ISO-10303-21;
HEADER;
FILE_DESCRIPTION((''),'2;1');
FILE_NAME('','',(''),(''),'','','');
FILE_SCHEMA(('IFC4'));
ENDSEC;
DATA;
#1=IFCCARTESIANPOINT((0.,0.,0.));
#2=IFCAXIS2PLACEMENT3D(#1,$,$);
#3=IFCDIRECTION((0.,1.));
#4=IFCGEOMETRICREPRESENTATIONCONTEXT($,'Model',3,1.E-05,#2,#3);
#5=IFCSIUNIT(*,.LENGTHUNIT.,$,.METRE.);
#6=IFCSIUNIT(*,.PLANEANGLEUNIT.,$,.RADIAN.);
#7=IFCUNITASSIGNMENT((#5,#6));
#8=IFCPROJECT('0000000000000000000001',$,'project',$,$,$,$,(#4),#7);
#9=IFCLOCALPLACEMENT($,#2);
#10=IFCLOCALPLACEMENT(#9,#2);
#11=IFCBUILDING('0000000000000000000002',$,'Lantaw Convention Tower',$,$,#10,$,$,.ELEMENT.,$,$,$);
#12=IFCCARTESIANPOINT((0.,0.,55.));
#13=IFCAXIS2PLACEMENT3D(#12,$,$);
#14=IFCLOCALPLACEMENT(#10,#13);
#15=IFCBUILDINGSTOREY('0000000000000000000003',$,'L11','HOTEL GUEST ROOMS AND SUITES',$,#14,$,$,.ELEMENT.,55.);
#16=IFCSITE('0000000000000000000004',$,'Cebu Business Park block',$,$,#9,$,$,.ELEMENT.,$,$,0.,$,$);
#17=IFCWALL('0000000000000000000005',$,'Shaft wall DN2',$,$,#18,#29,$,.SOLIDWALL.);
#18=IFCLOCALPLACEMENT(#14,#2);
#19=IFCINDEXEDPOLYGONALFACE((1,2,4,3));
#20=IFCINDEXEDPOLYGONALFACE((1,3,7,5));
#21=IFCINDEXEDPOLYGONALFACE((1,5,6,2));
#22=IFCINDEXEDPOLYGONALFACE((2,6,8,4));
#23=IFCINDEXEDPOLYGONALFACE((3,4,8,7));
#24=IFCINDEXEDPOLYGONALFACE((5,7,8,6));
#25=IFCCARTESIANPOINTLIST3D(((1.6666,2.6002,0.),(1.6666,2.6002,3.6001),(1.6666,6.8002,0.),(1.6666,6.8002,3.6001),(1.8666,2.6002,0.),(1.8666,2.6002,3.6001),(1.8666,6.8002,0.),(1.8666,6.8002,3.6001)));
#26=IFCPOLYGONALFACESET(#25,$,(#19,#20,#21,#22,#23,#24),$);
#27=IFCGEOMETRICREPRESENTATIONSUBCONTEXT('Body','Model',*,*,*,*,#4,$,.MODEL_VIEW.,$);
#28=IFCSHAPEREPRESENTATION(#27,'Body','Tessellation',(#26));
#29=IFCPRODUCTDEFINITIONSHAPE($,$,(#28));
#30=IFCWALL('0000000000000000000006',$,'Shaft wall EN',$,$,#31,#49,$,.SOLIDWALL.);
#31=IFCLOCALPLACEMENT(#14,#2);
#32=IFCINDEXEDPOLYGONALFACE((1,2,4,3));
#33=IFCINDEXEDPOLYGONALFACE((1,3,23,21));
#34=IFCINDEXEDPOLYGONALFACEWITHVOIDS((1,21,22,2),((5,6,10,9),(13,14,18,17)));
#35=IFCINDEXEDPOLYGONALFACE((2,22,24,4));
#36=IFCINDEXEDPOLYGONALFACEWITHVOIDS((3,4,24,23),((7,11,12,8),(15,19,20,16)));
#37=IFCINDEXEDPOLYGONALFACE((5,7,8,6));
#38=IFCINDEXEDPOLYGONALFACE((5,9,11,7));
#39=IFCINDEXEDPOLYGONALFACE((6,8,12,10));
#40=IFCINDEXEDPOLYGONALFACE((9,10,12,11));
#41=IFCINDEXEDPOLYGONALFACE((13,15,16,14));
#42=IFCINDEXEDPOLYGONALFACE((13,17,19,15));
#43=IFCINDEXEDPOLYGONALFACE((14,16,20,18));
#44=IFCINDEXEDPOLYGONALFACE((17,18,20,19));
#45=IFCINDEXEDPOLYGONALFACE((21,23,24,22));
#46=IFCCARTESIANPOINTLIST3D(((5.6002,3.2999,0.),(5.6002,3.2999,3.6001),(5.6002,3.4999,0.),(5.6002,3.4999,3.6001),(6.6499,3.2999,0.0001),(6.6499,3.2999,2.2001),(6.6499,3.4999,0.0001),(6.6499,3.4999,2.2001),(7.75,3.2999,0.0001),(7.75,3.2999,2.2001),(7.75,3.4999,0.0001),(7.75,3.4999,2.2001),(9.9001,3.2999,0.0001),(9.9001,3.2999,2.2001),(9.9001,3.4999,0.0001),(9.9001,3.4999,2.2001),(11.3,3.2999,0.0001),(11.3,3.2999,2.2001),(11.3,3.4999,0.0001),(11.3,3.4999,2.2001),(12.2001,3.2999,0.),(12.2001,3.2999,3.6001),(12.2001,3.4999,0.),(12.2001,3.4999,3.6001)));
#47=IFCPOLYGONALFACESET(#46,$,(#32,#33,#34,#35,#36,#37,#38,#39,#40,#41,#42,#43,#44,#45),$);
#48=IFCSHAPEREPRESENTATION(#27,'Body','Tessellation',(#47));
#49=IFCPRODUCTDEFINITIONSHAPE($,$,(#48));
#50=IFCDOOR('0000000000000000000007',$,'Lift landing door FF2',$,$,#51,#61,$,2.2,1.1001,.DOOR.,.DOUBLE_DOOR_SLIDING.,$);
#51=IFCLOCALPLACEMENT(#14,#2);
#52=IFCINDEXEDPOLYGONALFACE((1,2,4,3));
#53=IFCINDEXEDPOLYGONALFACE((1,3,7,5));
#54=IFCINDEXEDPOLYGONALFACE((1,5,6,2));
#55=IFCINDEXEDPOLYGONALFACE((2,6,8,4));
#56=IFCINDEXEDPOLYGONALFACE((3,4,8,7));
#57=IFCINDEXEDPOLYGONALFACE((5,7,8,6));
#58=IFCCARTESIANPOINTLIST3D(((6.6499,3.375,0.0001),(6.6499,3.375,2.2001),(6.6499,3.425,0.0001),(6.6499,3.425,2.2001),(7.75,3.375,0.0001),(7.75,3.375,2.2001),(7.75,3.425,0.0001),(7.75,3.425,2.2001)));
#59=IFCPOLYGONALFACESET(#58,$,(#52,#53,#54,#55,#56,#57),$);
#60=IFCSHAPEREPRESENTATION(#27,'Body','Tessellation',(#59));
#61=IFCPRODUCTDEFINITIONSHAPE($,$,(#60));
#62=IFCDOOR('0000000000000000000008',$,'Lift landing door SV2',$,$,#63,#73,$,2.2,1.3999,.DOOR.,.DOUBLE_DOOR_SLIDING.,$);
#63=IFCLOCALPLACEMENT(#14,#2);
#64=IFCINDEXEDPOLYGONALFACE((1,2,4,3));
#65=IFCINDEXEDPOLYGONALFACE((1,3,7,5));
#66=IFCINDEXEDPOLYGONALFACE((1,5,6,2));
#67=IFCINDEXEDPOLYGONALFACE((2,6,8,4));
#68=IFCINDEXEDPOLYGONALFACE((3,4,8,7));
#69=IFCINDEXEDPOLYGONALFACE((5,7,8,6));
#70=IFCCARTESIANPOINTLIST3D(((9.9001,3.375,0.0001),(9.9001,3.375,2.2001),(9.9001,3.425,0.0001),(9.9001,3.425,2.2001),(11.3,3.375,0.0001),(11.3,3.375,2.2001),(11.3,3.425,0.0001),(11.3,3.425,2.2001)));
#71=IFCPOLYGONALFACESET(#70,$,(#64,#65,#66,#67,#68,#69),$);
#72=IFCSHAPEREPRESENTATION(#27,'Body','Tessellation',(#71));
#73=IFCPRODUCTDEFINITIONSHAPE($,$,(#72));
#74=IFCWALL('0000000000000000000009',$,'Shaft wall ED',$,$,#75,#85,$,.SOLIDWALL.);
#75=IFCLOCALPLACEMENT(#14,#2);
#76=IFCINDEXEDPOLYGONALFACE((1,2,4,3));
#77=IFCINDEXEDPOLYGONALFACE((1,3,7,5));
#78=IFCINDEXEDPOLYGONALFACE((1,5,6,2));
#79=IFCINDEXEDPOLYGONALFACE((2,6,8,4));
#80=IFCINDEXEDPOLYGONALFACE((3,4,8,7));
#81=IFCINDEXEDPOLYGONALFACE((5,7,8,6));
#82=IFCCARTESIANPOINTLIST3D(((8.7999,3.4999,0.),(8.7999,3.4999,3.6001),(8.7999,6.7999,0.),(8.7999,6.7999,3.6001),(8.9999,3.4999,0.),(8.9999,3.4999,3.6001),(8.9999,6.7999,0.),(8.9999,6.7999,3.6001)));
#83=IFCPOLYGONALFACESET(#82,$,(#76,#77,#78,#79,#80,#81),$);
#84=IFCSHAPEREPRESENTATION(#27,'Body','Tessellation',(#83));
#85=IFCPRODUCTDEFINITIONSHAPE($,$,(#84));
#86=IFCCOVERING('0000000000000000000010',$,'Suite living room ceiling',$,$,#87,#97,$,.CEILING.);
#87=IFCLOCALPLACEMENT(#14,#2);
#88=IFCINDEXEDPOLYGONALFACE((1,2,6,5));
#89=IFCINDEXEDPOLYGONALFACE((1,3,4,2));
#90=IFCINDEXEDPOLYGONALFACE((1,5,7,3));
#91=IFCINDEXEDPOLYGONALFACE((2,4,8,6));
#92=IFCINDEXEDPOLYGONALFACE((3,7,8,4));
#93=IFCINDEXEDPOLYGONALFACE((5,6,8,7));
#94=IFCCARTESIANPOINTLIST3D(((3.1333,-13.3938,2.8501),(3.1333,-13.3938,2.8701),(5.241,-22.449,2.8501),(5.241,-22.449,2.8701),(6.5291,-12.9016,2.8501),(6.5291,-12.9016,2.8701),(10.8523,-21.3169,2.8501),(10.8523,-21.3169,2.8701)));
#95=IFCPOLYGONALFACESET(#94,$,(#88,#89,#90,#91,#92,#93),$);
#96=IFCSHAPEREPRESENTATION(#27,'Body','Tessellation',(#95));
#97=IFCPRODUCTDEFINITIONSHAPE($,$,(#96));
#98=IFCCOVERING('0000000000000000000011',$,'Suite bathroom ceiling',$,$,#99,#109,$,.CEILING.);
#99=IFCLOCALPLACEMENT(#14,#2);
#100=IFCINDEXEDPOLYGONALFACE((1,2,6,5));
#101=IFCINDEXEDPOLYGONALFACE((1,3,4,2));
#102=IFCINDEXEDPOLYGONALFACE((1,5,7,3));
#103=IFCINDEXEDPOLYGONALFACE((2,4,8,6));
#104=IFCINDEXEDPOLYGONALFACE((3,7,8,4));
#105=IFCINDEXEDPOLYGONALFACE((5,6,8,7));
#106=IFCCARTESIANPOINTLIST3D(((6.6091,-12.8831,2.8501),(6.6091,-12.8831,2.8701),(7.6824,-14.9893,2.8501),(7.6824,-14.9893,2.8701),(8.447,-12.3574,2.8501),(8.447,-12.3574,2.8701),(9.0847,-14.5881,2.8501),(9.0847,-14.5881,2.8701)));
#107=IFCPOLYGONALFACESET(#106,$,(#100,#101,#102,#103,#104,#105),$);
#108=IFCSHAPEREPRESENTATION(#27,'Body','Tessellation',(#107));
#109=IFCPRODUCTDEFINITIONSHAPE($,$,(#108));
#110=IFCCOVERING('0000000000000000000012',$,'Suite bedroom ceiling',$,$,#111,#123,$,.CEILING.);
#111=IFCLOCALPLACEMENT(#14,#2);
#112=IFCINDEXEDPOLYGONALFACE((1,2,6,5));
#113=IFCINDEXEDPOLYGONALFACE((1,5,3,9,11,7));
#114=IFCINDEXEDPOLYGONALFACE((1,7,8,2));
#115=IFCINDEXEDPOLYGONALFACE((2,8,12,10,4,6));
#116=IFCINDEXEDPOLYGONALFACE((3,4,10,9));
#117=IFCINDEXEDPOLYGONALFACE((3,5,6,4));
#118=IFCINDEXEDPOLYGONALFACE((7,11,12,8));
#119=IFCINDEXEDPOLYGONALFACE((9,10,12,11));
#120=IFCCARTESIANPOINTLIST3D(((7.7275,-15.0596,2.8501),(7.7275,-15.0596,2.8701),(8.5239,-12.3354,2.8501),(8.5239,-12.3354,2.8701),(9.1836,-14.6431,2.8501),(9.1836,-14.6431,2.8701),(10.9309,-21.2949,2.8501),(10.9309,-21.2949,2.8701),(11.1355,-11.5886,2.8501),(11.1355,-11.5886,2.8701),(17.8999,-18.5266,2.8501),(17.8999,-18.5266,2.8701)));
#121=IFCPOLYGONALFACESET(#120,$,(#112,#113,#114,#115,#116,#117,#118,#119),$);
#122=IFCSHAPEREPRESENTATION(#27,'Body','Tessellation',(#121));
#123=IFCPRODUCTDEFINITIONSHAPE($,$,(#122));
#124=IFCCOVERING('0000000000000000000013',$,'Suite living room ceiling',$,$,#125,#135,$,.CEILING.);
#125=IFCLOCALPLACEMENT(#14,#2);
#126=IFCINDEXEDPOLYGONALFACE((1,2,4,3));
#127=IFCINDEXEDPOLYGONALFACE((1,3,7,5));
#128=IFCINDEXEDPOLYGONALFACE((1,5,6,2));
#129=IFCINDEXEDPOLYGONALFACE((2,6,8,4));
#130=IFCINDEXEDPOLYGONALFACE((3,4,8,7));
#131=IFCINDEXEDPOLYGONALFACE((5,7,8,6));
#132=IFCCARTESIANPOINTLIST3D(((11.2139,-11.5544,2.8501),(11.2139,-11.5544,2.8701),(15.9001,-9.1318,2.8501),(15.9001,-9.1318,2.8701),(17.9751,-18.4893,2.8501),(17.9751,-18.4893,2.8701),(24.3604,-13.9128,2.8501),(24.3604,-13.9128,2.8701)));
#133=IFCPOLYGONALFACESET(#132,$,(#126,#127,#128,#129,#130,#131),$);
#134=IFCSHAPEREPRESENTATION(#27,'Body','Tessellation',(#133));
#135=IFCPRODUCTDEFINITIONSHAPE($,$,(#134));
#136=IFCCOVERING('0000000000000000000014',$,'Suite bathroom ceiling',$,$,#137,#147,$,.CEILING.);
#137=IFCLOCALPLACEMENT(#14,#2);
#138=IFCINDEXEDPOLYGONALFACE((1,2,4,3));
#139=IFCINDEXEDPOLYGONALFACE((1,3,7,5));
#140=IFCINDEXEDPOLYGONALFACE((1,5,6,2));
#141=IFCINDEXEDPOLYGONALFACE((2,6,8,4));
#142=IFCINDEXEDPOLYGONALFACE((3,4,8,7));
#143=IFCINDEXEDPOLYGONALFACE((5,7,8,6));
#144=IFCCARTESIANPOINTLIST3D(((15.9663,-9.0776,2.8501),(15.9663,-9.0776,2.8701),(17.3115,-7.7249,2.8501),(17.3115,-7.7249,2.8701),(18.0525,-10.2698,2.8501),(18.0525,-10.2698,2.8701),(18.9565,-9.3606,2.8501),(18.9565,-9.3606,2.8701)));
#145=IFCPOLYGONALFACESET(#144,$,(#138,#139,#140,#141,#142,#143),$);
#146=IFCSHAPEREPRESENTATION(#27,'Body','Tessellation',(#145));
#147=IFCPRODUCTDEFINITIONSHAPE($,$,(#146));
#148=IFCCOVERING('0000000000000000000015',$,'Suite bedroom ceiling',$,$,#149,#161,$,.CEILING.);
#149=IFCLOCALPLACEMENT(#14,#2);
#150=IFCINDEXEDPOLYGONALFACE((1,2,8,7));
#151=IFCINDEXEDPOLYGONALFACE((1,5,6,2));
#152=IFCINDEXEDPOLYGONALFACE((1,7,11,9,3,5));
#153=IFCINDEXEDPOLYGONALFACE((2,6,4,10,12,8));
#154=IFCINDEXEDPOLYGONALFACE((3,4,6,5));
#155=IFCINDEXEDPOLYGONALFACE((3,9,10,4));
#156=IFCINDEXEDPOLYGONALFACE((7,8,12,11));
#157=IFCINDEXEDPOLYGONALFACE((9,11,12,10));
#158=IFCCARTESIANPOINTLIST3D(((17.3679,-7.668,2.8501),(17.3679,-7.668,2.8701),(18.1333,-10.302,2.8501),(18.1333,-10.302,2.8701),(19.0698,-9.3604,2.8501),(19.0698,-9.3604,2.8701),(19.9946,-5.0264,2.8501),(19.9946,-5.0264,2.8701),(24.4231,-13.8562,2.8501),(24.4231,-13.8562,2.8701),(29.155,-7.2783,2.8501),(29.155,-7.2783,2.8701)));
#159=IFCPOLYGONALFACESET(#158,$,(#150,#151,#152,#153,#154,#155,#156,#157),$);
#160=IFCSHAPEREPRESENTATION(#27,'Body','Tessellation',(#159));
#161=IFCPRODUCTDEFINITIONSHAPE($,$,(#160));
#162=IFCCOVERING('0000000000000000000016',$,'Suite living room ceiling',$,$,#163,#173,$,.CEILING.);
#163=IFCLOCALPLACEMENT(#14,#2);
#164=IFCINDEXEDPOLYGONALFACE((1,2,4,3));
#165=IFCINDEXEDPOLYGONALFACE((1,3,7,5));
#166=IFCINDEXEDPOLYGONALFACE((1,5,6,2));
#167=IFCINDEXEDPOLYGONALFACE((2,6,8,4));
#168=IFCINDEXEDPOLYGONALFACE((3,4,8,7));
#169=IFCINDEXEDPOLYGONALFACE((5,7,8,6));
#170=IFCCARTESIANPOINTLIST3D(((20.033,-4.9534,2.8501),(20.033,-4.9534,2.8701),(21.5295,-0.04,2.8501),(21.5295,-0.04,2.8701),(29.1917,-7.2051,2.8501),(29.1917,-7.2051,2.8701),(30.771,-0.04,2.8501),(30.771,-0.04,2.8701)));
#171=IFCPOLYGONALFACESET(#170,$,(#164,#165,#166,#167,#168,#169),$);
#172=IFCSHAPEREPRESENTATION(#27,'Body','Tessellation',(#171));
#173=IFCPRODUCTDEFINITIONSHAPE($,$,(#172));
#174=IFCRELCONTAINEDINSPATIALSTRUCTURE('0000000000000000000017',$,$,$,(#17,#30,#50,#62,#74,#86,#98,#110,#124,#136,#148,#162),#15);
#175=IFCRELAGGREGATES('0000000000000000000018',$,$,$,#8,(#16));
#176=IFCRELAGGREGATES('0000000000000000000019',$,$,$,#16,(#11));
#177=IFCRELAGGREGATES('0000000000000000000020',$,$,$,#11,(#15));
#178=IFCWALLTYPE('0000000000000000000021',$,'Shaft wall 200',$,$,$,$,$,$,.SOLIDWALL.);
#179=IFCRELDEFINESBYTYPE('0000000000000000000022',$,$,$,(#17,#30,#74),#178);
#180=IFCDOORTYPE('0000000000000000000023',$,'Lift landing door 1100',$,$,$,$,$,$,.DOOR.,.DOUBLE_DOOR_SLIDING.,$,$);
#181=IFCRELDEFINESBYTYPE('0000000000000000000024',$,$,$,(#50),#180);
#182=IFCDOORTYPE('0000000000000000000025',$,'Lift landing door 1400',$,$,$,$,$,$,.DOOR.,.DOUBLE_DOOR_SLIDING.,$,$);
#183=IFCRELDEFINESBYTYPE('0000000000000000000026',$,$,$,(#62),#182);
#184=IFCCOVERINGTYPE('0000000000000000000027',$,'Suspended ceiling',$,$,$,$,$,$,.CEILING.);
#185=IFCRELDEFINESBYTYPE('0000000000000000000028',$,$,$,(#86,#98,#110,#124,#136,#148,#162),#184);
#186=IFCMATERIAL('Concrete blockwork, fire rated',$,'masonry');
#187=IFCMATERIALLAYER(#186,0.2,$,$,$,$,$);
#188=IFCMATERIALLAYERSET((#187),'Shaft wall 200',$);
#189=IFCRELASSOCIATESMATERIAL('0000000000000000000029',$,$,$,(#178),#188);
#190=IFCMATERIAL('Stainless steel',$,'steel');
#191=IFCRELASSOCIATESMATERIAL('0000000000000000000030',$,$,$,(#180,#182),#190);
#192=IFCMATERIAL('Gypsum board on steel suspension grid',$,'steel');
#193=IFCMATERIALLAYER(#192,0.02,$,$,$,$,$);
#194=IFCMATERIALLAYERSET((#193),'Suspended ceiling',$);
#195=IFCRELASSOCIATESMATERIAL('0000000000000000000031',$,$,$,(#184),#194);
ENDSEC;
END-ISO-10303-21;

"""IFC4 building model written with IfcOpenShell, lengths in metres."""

from ifc_helpers import new_model, si_unit, direction, frame, frame_2d, origin, place, context, subcontext, project, spatial, polyline, rectangle, outline, extrude, material, layer, layer_set, type_object, element, fill, save


model = new_model("IFC4")

# Units and contexts
model_context = context("Model", 3, precision=1e-05, world=origin(), true_north=direction((0.0, 1.0)))
body_context = subcontext(model_context, "Body", "Model", "MODEL_VIEW")
ifc_project = project(units=[si_unit("LENGTHUNIT", "METRE"), si_unit("PLANEANGLEUNIT", "RADIAN")], contexts=[model_context])

# Site, building, storey
site_placement = place(None, origin())
site = spatial("IfcSite", under=ifc_project, at=site_placement, Name="Cebu Business Park block", CompositionType="ELEMENT", RefElevation=0.0)
building_placement = place(site_placement, origin())
building = spatial("IfcBuilding", under=site, at=building_placement, Name="Lantaw Convention Tower", CompositionType="ELEMENT")
storey_placement = place(building_placement, frame((0.0, 0.0, 55.0)))
storey = spatial("IfcBuildingStorey", under=building, at=storey_placement, Name="L11", Description="HOTEL GUEST ROOMS AND SUITES", CompositionType="ELEMENT", Elevation=55.0)

# Wall
ifc_material_1 = material(Name="Concrete blockwork, fire rated", Category="masonry")
ifc_layer_1 = layer(ifc_material_1, 0.2)
ifc_layer_set_1 = layer_set([ifc_layer_1], Name="Shaft wall 200")
wall_type_1 = type_object("IfcWallType", Name="Shaft wall 200", PredefinedType="SOLIDWALL", material=ifc_layer_set_1)
wall_1_placement = place(storey_placement, frame((1.7666, 2.6001, 0.0), z_axis=(0.0, 0.0, 1.0), x_axis=(0.0, 1.0, 0.0)))
element("IfcWall", 1, at=wall_1_placement, inside=storey, type_object=wall_type_1, Name="Shaft wall DN2", PredefinedType="SOLIDWALL", context=body_context, shape_type="SweptSolid", body=[
    extrude(rectangle(XDim=4.2, YDim=0.2, at=frame_2d((2.1001, 0.0))), origin(), (0.0, 0.0, 1.0), 3.6001),
])

# Wall, openings, doors
wall_2_placement = place(storey_placement, frame((12.2, 3.3999, 0.0), z_axis=(0.0, 0.0, 1.0), x_axis=(-1.0, 0.0, 0.0)))
wall_2 = element("IfcWall", 2, at=wall_2_placement, inside=storey, type_object=wall_type_1, Name="Shaft wall EN", PredefinedType="SOLIDWALL", context=body_context, shape_type="SweptSolid", body=[
    extrude(rectangle(XDim=6.5999, YDim=0.2, at=frame_2d((3.2998, 0.0))), origin(), (0.0, 0.0, 1.0), 3.6001),
])
opening_1_placement = place(wall_2_placement, frame((4.45, 0.0, 0.0)))
opening_1 = element("IfcOpeningElement", 3, at=opening_1_placement, cuts=wall_2, PredefinedType="OPENING", context=body_context, shape_type="SweptSolid", body=[
    extrude(rectangle(XDim=1.1001, YDim=2.2, at=frame_2d((0.55, 1.1001))), frame((0.0, 0.1099, 0.0), z_axis=(0.0, -1.0, 0.0), x_axis=(1.0, 0.0, 0.0)), (0.0, 0.0, 1.0), 0.22),
])
opening_2_placement = place(wall_2_placement, frame((0.8999, 0.0, 0.0)))
opening_2 = element("IfcOpeningElement", 4, at=opening_2_placement, cuts=wall_2, PredefinedType="OPENING", context=body_context, shape_type="SweptSolid", body=[
    extrude(rectangle(XDim=1.3999, YDim=2.2, at=frame_2d((0.7, 1.1001))), frame((0.0, 0.1099, 0.0), z_axis=(0.0, -1.0, 0.0), x_axis=(1.0, 0.0, 0.0)), (0.0, 0.0, 1.0), 0.22),
])
ifc_material_2 = material(Name="Stainless steel", Category="steel")
door_type_1 = type_object("IfcDoorType", Name="Lift landing door 1100", OperationType="DOUBLE_DOOR_SLIDING", PredefinedType="DOOR", material=ifc_material_2)
door_1_placement = place(opening_1_placement, origin())
door_1 = element("IfcDoor", 5, at=door_1_placement, inside=storey, type_object=door_type_1, Name="Lift landing door FF2", OperationType="DOUBLE_DOOR_SLIDING", OverallHeight=2.2, OverallWidth=1.1001, PredefinedType="DOOR", context=body_context, shape_type="SweptSolid", body=[
    extrude(rectangle(XDim=1.1001, YDim=2.2, at=frame_2d((0.55, 1.1001))), frame((0.0, 0.0249, 0.0), z_axis=(0.0, -1.0, 0.0), x_axis=(1.0, 0.0, 0.0)), (0.0, 0.0, 1.0), 0.05),
])
fill(opening_1, door_1)
door_type_2 = type_object("IfcDoorType", Name="Lift landing door 1400", OperationType="DOUBLE_DOOR_SLIDING", PredefinedType="DOOR", material=ifc_material_2)
door_2_placement = place(opening_2_placement, origin())
door_2 = element("IfcDoor", 6, at=door_2_placement, inside=storey, type_object=door_type_2, Name="Lift landing door SV2", OperationType="DOUBLE_DOOR_SLIDING", OverallHeight=2.2, OverallWidth=1.3999, PredefinedType="DOOR", context=body_context, shape_type="SweptSolid", body=[
    extrude(rectangle(XDim=1.3999, YDim=2.2, at=frame_2d((0.7, 1.1001))), frame((0.0, 0.0249, 0.0), z_axis=(0.0, -1.0, 0.0), x_axis=(1.0, 0.0, 0.0)), (0.0, 0.0, 1.0), 0.05),
])
fill(opening_2, door_2)

# Wall
wall_3_placement = place(storey_placement, frame((8.8999, 3.5, 0.0), z_axis=(0.0, 0.0, 1.0), x_axis=(0.0, 1.0, 0.0)))
element("IfcWall", 7, at=wall_3_placement, inside=storey, type_object=wall_type_1, Name="Shaft wall ED", PredefinedType="SOLIDWALL", context=body_context, shape_type="SweptSolid", body=[
    extrude(rectangle(XDim=3.3, YDim=0.2, at=frame_2d((1.6499, 0.0))), origin(), (0.0, 0.0, 1.0), 3.6001),
])

# Coverings
ifc_material_3 = material(Name="Gypsum board on steel suspension grid", Category="steel")
ifc_layer_2 = layer(ifc_material_3, 0.02)
ifc_layer_set_2 = layer_set([ifc_layer_2], Name="Suspended ceiling")
covering_type = type_object("IfcCoveringType", Name="Suspended ceiling", PredefinedType="CEILING", material=ifc_layer_set_2)
covering_1_placement = place(storey_placement, frame((0.0, 0.0, 2.8501)))
element("IfcCovering", 8, at=covering_1_placement, inside=storey, type_object=covering_type, Name="Suite living room ceiling", PredefinedType="CEILING", context=body_context, shape_type="SweptSolid", body=[
    extrude(outline(polyline([(3.1333, -13.3938), (5.241, -22.449), (10.8523, -21.3169), (6.5291, -12.9016), (3.1333, -13.3938)])), origin(), (0.0, 0.0, 1.0), 0.02),
])
covering_2_placement = place(storey_placement, frame((0.0, 0.0, 2.8501)))
element("IfcCovering", 9, at=covering_2_placement, inside=storey, type_object=covering_type, Name="Suite bathroom ceiling", PredefinedType="CEILING", context=body_context, shape_type="SweptSolid", body=[
    extrude(outline(polyline([(6.6091, -12.8831), (7.6824, -14.9893), (9.0847, -14.5881), (8.447, -12.3574), (6.6091, -12.8831)])), origin(), (0.0, 0.0, 1.0), 0.02),
])
covering_3_placement = place(storey_placement, frame((0.0, 0.0, 2.8501)))
element("IfcCovering", 10, at=covering_3_placement, inside=storey, type_object=covering_type, Name="Suite bedroom ceiling", PredefinedType="CEILING", context=body_context, shape_type="SweptSolid", body=[
    extrude(outline(polyline([(11.1355, -11.5886), (8.5239, -12.3354), (9.1836, -14.6431), (7.7275, -15.0596), (10.9309, -21.2949), (17.8999, -18.5266), (11.1355, -11.5886)])), origin(), (0.0, 0.0, 1.0), 0.02),
])
covering_4_placement = place(storey_placement, frame((0.0, 0.0, 2.8501)))
element("IfcCovering", 11, at=covering_4_placement, inside=storey, type_object=covering_type, Name="Suite living room ceiling", PredefinedType="CEILING", context=body_context, shape_type="SweptSolid", body=[
    extrude(outline(polyline([(11.2139, -11.5544), (17.9751, -18.4893), (24.3604, -13.9128), (15.9001, -9.1318), (11.2139, -11.5544)])), origin(), (0.0, 0.0, 1.0), 0.02),
])
covering_5_placement = place(storey_placement, frame((0.0, 0.0, 2.8501)))
element("IfcCovering", 12, at=covering_5_placement, inside=storey, type_object=covering_type, Name="Suite bathroom ceiling", PredefinedType="CEILING", context=body_context, shape_type="SweptSolid", body=[
    extrude(outline(polyline([(15.9663, -9.0776), (18.0525, -10.2698), (18.9565, -9.3606), (17.3115, -7.7249), (15.9663, -9.0776)])), origin(), (0.0, 0.0, 1.0), 0.02),
])
covering_6_placement = place(storey_placement, frame((0.0, 0.0, 2.8501)))
element("IfcCovering", 13, at=covering_6_placement, inside=storey, type_object=covering_type, Name="Suite bedroom ceiling", PredefinedType="CEILING", context=body_context, shape_type="SweptSolid", body=[
    extrude(outline(polyline([(17.3679, -7.668), (19.0698, -9.3604), (18.1333, -10.302), (24.4231, -13.8562), (29.155, -7.2783), (19.9946, -5.0264), (17.3679, -7.668)])), origin(), (0.0, 0.0, 1.0), 0.02),
])
covering_7_placement = place(storey_placement, frame((0.0, 0.0, 2.8501)))
element("IfcCovering", 14, at=covering_7_placement, inside=storey, type_object=covering_type, Name="Suite living room ceiling", PredefinedType="CEILING", context=body_context, shape_type="SweptSolid", body=[
    extrude(outline(polyline([(20.033, -4.9534), (29.1917, -7.2051), (30.771, -0.04), (21.5295, -0.04), (20.033, -4.9534)])), origin(), (0.0, 0.0, 1.0), 0.02),
])

save(model, "model.ifc")
